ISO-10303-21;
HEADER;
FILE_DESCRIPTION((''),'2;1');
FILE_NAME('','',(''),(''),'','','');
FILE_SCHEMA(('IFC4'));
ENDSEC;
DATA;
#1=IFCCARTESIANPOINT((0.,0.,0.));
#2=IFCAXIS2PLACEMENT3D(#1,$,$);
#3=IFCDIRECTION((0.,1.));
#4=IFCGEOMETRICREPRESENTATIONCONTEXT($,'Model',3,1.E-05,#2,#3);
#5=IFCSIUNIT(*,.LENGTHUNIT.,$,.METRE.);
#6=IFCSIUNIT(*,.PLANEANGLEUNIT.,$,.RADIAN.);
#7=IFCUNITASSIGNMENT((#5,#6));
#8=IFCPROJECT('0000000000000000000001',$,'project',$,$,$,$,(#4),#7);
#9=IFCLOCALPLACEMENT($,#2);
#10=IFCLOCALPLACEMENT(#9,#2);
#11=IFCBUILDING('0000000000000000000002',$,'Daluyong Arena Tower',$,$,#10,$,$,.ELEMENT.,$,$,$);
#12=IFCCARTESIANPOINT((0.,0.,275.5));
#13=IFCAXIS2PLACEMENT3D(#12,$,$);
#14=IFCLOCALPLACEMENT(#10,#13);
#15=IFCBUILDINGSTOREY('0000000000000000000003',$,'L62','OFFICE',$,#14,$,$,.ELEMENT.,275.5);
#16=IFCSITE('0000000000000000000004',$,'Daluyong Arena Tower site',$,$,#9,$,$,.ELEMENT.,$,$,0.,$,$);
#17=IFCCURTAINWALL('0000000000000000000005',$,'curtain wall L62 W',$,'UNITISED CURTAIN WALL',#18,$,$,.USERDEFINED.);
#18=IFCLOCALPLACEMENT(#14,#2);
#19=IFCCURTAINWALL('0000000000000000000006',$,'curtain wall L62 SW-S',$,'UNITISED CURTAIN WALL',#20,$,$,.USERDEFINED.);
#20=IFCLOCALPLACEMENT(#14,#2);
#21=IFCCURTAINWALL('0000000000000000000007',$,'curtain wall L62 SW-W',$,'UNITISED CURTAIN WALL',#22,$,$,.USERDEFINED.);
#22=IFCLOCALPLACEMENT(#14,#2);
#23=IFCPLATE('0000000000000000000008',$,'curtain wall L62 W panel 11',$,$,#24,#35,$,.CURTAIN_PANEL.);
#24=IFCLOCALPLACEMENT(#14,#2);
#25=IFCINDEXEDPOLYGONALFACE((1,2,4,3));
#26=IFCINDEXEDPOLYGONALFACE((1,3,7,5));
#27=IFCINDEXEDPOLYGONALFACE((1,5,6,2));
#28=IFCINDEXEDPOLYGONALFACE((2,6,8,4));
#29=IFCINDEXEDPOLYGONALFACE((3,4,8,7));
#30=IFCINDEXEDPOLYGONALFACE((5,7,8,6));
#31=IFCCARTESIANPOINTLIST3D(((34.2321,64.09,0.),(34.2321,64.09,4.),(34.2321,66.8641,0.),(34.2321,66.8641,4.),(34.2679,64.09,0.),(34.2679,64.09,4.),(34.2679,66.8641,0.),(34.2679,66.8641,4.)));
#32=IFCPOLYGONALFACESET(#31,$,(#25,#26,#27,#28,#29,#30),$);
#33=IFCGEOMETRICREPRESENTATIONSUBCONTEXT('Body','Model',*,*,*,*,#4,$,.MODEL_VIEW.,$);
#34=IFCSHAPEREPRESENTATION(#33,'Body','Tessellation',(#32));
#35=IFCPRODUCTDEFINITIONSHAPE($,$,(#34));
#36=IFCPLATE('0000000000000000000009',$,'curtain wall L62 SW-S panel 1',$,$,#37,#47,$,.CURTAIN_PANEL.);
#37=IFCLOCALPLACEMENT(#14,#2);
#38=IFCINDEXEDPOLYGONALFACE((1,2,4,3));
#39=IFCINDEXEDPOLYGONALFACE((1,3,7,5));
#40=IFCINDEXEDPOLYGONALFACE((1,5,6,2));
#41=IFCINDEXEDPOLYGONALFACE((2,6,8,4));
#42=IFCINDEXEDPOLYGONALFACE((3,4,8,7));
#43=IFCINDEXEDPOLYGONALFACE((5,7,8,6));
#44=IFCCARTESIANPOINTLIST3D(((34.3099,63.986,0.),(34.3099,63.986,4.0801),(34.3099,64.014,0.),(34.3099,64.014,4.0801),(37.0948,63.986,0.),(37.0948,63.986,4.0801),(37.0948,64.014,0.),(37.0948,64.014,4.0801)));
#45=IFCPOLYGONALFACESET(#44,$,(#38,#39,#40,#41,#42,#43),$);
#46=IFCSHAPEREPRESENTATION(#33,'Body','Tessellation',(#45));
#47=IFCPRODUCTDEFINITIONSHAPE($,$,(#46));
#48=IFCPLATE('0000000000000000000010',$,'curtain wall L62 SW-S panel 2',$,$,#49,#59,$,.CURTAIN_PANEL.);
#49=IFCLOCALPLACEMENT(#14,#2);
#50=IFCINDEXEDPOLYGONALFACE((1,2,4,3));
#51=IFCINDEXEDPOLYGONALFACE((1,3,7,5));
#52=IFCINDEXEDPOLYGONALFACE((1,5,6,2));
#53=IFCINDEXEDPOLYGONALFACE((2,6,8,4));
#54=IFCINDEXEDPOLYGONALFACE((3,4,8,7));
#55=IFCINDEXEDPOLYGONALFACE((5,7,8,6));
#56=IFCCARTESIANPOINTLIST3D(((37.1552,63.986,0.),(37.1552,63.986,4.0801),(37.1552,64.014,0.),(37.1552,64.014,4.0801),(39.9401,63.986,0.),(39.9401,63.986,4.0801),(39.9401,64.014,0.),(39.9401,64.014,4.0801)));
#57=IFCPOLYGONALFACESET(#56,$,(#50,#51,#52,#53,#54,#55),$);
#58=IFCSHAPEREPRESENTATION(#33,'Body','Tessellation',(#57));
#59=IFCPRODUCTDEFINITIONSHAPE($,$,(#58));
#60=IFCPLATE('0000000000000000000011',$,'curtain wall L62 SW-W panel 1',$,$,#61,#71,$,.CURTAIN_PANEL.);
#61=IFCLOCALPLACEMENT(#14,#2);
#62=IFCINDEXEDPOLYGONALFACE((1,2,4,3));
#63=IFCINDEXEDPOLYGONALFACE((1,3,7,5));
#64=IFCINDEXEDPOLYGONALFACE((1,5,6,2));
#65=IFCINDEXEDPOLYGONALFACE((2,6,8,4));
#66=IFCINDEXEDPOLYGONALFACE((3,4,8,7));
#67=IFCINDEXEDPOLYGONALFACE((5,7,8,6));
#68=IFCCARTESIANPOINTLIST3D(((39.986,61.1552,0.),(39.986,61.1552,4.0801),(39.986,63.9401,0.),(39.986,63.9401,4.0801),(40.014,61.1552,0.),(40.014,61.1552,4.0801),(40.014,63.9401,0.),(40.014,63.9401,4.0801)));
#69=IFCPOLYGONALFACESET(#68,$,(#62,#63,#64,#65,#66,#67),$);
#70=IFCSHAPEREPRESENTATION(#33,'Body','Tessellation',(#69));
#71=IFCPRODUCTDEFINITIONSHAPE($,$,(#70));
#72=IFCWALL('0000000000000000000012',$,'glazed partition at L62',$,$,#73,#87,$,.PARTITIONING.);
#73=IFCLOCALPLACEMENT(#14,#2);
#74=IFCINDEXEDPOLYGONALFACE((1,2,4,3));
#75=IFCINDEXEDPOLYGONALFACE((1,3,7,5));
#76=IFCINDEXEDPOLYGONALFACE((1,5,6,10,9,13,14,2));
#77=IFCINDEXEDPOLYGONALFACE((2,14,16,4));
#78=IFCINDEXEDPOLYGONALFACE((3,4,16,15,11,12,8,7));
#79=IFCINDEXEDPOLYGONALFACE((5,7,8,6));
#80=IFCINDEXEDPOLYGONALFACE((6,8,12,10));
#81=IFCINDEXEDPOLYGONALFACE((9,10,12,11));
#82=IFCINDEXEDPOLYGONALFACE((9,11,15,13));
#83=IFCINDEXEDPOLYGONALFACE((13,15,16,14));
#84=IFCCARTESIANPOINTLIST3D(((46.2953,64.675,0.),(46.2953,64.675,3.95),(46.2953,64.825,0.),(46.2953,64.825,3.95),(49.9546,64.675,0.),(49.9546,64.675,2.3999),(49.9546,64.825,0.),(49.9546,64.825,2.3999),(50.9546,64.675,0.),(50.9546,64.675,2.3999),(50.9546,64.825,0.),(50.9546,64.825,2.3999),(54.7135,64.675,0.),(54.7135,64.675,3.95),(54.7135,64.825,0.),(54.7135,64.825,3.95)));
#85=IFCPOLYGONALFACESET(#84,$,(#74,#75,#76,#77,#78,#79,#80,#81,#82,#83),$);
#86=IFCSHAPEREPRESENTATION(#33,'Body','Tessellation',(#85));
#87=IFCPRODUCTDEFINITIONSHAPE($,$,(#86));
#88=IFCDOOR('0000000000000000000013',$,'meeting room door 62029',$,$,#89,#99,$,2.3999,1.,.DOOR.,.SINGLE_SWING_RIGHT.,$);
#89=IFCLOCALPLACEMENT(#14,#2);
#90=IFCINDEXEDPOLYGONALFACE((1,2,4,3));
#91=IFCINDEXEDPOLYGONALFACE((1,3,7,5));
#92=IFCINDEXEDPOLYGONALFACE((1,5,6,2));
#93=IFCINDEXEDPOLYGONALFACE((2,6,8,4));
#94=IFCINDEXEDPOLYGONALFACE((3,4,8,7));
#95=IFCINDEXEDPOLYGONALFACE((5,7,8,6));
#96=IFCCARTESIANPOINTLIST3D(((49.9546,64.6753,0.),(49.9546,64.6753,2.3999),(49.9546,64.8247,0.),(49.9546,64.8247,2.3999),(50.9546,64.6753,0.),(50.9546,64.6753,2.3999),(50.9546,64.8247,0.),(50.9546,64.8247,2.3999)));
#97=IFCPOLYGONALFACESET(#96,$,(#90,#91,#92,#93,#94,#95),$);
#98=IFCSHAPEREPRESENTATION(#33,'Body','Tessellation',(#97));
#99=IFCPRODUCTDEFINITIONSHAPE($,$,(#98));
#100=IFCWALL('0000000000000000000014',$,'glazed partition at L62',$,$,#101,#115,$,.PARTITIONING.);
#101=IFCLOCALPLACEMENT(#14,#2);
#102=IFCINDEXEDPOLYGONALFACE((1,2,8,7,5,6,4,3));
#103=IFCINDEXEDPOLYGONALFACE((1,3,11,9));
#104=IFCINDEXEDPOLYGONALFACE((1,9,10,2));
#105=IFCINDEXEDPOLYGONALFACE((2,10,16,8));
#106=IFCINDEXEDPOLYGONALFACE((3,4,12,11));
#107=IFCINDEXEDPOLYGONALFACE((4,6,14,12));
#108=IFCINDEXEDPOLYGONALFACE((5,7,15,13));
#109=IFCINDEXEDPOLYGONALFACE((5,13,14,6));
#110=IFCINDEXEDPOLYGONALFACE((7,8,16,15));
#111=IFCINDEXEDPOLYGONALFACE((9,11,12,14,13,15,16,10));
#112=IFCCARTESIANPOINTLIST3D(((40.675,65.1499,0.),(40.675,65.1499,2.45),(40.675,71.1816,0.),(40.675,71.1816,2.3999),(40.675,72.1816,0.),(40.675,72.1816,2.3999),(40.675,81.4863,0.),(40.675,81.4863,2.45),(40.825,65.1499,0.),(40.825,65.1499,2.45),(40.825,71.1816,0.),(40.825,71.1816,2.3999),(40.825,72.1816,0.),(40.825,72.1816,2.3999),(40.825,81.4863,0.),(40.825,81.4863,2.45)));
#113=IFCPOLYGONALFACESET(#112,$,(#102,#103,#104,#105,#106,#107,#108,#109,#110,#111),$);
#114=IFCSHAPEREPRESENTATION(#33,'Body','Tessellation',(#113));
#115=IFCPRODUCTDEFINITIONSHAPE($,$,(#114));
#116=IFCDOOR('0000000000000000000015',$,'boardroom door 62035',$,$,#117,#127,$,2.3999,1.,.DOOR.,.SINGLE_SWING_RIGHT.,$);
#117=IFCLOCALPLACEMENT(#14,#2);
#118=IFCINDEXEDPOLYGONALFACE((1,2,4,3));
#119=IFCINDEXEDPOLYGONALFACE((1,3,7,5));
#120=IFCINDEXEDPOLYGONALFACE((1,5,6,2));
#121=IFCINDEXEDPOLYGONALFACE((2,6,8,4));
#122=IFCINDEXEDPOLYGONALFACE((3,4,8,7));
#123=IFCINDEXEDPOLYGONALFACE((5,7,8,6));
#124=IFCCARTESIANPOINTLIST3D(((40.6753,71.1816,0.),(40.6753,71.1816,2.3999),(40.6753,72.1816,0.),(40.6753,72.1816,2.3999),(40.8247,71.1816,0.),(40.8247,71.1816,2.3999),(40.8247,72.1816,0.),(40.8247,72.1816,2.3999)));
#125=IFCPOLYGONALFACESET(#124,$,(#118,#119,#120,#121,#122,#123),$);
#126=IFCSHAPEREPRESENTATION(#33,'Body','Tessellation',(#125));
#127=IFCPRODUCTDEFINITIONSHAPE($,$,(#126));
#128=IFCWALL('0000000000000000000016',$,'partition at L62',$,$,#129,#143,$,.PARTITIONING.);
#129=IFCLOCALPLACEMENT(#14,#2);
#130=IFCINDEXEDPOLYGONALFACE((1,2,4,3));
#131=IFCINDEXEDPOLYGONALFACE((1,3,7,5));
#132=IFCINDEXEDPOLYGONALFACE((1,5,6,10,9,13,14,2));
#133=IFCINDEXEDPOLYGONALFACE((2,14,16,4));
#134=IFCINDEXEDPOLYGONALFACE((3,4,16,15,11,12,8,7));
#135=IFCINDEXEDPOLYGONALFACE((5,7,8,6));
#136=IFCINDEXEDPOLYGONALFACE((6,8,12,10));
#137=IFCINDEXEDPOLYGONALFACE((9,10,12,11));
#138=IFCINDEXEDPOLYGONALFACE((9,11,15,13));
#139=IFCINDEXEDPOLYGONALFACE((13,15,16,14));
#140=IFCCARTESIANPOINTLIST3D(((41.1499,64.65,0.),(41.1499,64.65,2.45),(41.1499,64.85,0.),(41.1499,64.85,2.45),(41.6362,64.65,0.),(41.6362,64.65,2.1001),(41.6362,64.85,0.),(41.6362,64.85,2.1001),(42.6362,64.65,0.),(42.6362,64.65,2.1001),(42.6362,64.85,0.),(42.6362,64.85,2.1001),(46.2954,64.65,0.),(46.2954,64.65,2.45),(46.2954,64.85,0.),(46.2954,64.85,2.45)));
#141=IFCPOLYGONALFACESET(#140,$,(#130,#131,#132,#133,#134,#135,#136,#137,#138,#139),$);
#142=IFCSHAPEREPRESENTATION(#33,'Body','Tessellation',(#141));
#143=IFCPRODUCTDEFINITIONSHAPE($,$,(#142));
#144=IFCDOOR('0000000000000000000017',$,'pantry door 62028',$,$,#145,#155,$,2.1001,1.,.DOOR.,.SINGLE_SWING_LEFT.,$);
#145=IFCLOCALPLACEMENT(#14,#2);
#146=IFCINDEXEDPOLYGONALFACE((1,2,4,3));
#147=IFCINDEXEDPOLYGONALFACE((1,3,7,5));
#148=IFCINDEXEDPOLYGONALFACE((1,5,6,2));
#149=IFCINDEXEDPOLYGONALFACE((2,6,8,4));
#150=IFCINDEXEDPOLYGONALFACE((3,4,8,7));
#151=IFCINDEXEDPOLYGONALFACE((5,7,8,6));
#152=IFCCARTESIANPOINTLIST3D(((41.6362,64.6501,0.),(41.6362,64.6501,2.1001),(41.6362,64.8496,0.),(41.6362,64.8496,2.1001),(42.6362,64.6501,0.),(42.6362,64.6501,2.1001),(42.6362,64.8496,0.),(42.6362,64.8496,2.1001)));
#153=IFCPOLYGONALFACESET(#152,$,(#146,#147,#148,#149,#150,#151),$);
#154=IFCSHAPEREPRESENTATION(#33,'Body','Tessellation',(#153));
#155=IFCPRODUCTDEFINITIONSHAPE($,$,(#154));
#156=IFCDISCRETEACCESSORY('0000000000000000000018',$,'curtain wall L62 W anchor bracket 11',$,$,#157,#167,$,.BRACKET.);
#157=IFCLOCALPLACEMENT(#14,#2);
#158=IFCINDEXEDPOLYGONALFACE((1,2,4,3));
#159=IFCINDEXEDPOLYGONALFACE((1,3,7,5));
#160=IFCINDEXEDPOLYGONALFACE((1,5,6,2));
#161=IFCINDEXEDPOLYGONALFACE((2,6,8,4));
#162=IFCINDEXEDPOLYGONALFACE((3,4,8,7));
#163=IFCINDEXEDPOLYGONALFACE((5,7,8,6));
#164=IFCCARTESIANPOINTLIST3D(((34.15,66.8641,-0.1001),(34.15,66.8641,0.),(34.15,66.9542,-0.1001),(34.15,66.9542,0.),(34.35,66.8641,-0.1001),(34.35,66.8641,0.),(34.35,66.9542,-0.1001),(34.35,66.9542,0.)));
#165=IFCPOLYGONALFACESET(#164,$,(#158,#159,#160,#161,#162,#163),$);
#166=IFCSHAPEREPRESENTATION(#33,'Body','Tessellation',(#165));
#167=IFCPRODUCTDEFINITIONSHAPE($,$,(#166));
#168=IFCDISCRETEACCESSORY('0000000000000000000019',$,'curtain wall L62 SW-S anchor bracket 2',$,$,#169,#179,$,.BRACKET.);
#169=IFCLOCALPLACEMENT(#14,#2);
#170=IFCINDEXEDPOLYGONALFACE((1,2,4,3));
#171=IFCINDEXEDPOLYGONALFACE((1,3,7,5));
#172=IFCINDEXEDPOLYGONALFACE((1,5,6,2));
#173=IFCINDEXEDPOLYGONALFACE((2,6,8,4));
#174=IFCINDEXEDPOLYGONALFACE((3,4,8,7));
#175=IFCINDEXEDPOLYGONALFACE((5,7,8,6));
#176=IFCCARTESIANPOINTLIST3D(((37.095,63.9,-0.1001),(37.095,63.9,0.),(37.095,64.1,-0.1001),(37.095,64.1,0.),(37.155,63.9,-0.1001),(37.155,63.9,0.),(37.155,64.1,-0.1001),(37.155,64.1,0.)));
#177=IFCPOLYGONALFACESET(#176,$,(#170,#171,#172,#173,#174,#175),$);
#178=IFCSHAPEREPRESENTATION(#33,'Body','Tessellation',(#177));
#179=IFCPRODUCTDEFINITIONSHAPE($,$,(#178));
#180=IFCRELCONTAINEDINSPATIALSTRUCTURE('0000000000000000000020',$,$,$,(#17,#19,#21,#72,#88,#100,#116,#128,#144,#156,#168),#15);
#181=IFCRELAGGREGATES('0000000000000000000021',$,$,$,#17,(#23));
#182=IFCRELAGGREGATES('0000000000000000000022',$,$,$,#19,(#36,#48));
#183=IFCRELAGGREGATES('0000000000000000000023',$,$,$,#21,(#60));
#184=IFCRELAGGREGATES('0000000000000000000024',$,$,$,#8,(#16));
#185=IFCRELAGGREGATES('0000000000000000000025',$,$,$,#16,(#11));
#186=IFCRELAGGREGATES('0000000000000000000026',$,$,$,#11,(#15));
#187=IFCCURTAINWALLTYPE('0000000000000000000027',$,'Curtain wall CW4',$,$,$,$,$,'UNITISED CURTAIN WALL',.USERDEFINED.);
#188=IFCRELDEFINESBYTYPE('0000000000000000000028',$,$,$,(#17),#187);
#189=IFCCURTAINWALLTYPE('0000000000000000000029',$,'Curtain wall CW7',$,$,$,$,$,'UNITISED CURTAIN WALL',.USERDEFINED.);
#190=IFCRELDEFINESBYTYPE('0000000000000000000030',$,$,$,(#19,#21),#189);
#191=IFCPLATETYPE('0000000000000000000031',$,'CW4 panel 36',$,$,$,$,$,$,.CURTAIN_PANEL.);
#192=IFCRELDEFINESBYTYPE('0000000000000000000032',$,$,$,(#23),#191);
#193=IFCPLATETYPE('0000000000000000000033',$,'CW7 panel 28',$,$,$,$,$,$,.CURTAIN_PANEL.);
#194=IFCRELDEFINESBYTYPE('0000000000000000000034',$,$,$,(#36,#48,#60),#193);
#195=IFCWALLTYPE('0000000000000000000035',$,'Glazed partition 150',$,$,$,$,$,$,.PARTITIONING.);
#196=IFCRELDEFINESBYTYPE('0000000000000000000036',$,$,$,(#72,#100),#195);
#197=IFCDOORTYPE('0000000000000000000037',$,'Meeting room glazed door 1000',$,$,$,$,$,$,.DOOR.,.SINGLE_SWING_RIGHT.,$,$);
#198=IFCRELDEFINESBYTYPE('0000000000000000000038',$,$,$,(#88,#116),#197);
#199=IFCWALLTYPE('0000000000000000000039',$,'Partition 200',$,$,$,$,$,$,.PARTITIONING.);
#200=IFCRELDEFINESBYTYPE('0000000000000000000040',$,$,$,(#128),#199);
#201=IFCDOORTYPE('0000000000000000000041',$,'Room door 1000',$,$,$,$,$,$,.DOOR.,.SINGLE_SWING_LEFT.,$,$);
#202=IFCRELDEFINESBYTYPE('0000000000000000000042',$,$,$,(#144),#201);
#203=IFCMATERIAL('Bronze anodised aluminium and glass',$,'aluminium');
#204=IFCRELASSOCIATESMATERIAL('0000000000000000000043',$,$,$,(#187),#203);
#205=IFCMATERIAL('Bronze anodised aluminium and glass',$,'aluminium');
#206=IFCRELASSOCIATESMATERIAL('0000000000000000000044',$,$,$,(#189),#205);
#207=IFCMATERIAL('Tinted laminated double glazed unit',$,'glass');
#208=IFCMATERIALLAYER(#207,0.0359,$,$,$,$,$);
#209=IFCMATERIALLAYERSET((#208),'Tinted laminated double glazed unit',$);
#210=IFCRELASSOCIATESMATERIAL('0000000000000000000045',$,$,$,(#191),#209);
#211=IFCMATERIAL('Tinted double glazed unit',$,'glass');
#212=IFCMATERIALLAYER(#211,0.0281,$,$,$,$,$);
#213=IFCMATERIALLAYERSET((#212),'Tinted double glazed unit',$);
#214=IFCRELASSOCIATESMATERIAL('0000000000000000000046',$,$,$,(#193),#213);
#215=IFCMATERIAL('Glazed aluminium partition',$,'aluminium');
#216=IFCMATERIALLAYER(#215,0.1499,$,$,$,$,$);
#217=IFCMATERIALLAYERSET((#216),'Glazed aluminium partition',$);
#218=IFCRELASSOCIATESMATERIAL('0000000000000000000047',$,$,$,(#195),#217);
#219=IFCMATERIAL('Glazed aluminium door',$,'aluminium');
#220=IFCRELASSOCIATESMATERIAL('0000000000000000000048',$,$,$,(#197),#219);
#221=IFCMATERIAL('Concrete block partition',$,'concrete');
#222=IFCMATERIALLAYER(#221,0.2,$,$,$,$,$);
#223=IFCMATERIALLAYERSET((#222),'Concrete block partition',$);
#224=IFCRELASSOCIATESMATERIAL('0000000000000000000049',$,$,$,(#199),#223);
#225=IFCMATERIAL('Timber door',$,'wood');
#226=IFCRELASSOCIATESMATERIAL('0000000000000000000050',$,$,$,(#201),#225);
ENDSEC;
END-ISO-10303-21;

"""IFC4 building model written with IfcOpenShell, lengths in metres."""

from ifc_helpers import new_model, si_unit, direction, frame, frame_2d, origin, origin_2d, place, context, subcontext, project, spatial, rectangle, extrude, material, layer, layer_set, type_object, element, fill, aggregate, save


model = new_model("IFC4")

# Units and contexts
model_context = context("Model", 3, precision=1e-05, world=origin(), true_north=direction((0.0, 1.0)))
body_context = subcontext(model_context, "Body", "Model", "MODEL_VIEW")
ifc_project = project(units=[si_unit("LENGTHUNIT", "METRE"), si_unit("PLANEANGLEUNIT", "RADIAN")], contexts=[model_context])

# Site, building, storey
site_placement = place(None, origin())
site = spatial("IfcSite", under=ifc_project, at=site_placement, Name="Daluyong Arena Tower site", CompositionType="ELEMENT", RefElevation=0.0)
building_placement = place(site_placement, origin())
building = spatial("IfcBuilding", under=site, at=building_placement, Name="Daluyong Arena Tower", CompositionType="ELEMENT")
storey_placement = place(building_placement, frame((0.0, 0.0, 275.5)))
storey = spatial("IfcBuildingStorey", under=building, at=storey_placement, Name="L62", Description="OFFICE", CompositionType="ELEMENT", Elevation=275.5)

# Curtain walls
ifc_material_1 = material(Name="Bronze anodised aluminium and glass", Category="aluminium")
curtain_wall_type_1 = type_object("IfcCurtainWallType", Name="Curtain wall CW4", ElementType="UNITISED CURTAIN WALL", PredefinedType="USERDEFINED", material=ifc_material_1)
curtain_wall_1_placement = place(storey_placement, origin())
curtain_wall_1 = element("IfcCurtainWall", 1, at=curtain_wall_1_placement, inside=storey, type_object=curtain_wall_type_1, Name="curtain wall L62 W", ObjectType="UNITISED CURTAIN WALL", PredefinedType="USERDEFINED")
ifc_material_2 = material(Name="Bronze anodised aluminium and glass", Category="aluminium")
curtain_wall_type_2 = type_object("IfcCurtainWallType", Name="Curtain wall CW7", ElementType="UNITISED CURTAIN WALL", PredefinedType="USERDEFINED", material=ifc_material_2)
curtain_wall_2_placement = place(storey_placement, origin())
curtain_wall_2 = element("IfcCurtainWall", 2, at=curtain_wall_2_placement, inside=storey, type_object=curtain_wall_type_2, Name="curtain wall L62 SW-S", ObjectType="UNITISED CURTAIN WALL", PredefinedType="USERDEFINED")

# Curtain wall
curtain_wall_3_placement = place(storey_placement, origin())
curtain_wall_3 = element("IfcCurtainWall", 3, at=curtain_wall_3_placement, inside=storey, type_object=curtain_wall_type_2, Name="curtain wall L62 SW-W", ObjectType="UNITISED CURTAIN WALL", PredefinedType="USERDEFINED")

# Plates
ifc_material_3 = material(Name="Tinted laminated double glazed unit", Category="glass")
ifc_layer_1 = layer(ifc_material_3, 0.0359)
ifc_layer_set_1 = layer_set([ifc_layer_1], Name="Tinted laminated double glazed unit")
plate_type_1 = type_object("IfcPlateType", Name="CW4 panel 36", PredefinedType="CURTAIN_PANEL", material=ifc_layer_set_1)
plate_1_placement = place(storey_placement, frame((34.25, 65.4771, 0.0), z_axis=(0.0, 0.0, 1.0), x_axis=(0.0, -1.0, 0.0)))
plate_1 = element("IfcPlate", 4, at=plate_1_placement, type_object=plate_type_1, Name="curtain wall L62 W panel 11", PredefinedType="CURTAIN_PANEL", context=body_context, shape_type="SweptSolid", body=[
    extrude(rectangle(XDim=2.7742, YDim=0.0359, at=origin_2d()), origin(), (0.0, 0.0, 1.0), 4.0),
])
aggregate(curtain_wall_1, [plate_1])
ifc_material_4 = material(Name="Tinted double glazed unit", Category="glass")
ifc_layer_2 = layer(ifc_material_4, 0.0281)
ifc_layer_set_2 = layer_set([ifc_layer_2], Name="Tinted double glazed unit")
plate_type_2 = type_object("IfcPlateType", Name="CW7 panel 28", PredefinedType="CURTAIN_PANEL", material=ifc_layer_set_2)
plate_2_placement = place(storey_placement, frame((35.7024, 64.0, 0.0), z_axis=(0.0, 0.0, 1.0), x_axis=(1.0, 0.0, 0.0)))
plate_2 = element("IfcPlate", 5, at=plate_2_placement, type_object=plate_type_2, Name="curtain wall L62 SW-S panel 1", PredefinedType="CURTAIN_PANEL", context=body_context, shape_type="SweptSolid", body=[
    extrude(rectangle(XDim=2.7849, YDim=0.0281, at=origin_2d()), origin(), (0.0, 0.0, 1.0), 4.0801),
])
plate_3_placement = place(storey_placement, frame((38.5476, 64.0, 0.0), z_axis=(0.0, 0.0, 1.0), x_axis=(1.0, 0.0, 0.0)))
plate_3 = element("IfcPlate", 6, at=plate_3_placement, type_object=plate_type_2, Name="curtain wall L62 SW-S panel 2", PredefinedType="CURTAIN_PANEL", context=body_context, shape_type="SweptSolid", body=[
    extrude(rectangle(XDim=2.7849, YDim=0.0281, at=origin_2d()), origin(), (0.0, 0.0, 1.0), 4.0801),
])
aggregate(curtain_wall_2, [plate_2, plate_3])
plate_4_placement = place(storey_placement, frame((40.0, 62.5476, 0.0), z_axis=(0.0, 0.0, 1.0), x_axis=(0.0, -1.0, 0.0)))
plate_4 = element("IfcPlate", 7, at=plate_4_placement, type_object=plate_type_2, Name="curtain wall L62 SW-W panel 1", PredefinedType="CURTAIN_PANEL", context=body_context, shape_type="SweptSolid", body=[
    extrude(rectangle(XDim=2.7849, YDim=0.0281, at=origin_2d()), origin(), (0.0, 0.0, 1.0), 4.0801),
])
aggregate(curtain_wall_3, [plate_4])

# Walls, openings, doors
ifc_material_5 = material(Name="Glazed aluminium partition", Category="aluminium")
ifc_layer_3 = layer(ifc_material_5, 0.1499)
ifc_layer_set_3 = layer_set([ifc_layer_3], Name="Glazed aluminium partition")
wall_type_1 = type_object("IfcWallType", Name="Glazed partition 150", PredefinedType="PARTITIONING", material=ifc_layer_set_3)
wall_1_placement = place(storey_placement, frame((46.2954, 64.75, 0.0), z_axis=(0.0, 0.0, 1.0), x_axis=(1.0, 0.0, 0.0)))
wall_1 = element("IfcWall", 8, at=wall_1_placement, inside=storey, type_object=wall_type_1, Name="glazed partition at L62", PredefinedType="PARTITIONING", context=body_context, shape_type="SweptSolid", body=[
    extrude(rectangle(XDim=8.4182, YDim=0.1499, at=frame_2d((4.209, 0.0))), origin(), (0.0, 0.0, 1.0), 3.95),
])
opening_1_placement = place(wall_1_placement, frame((3.6592, 0.0, 0.0)))
opening_1 = element("IfcOpeningElement", 9, at=opening_1_placement, cuts=wall_1, PredefinedType="OPENING", context=body_context, shape_type="SweptSolid", body=[
    extrude(rectangle(XDim=1.0, YDim=2.3999, at=frame_2d((0.5, 1.2))), frame((0.0, 0.085, 0.0), z_axis=(0.0, -1.0, 0.0), x_axis=(1.0, 0.0, 0.0)), (0.0, 0.0, 1.0), 0.1699),
])
ifc_material_6 = material(Name="Glazed aluminium door", Category="aluminium")
door_type_1 = type_object("IfcDoorType", Name="Meeting room glazed door 1000", OperationType="SINGLE_SWING_RIGHT", PredefinedType="DOOR", material=ifc_material_6)
door_1_placement = place(opening_1_placement, origin())
door_1 = element("IfcDoor", 10, at=door_1_placement, inside=storey, type_object=door_type_1, Name="meeting room door 62029", OperationType="SINGLE_SWING_RIGHT", OverallHeight=2.3999, OverallWidth=1.0, PredefinedType="DOOR", context=body_context, shape_type="SweptSolid", body=[
    extrude(rectangle(XDim=1.0, YDim=2.3999, at=frame_2d((0.5, 1.2))), frame((0.0, 0.0747, 0.0), z_axis=(0.0, -1.0, 0.0), x_axis=(1.0, 0.0, 0.0)), (0.0, 0.0, 1.0), 0.1494),
])
fill(opening_1, door_1)
wall_2_placement = place(storey_placement, frame((40.75, 65.1499, 0.0), z_axis=(0.0, 0.0, 1.0), x_axis=(0.0, 1.0, 0.0)))
wall_2 = element("IfcWall", 11, at=wall_2_placement, inside=storey, type_object=wall_type_1, Name="glazed partition at L62", PredefinedType="PARTITIONING", context=body_context, shape_type="SweptSolid", body=[
    extrude(rectangle(XDim=16.3364, YDim=0.1499, at=frame_2d((8.1682, 0.0))), origin(), (0.0, 0.0, 1.0), 2.45),
])
opening_2_placement = place(wall_2_placement, frame((6.0317, 0.0, 0.0)))
opening_2 = element("IfcOpeningElement", 12, at=opening_2_placement, cuts=wall_2, PredefinedType="OPENING", context=body_context, shape_type="SweptSolid", body=[
    extrude(rectangle(XDim=1.0, YDim=2.3999, at=frame_2d((0.5, 1.2))), frame((0.0, 0.085, 0.0), z_axis=(0.0, -1.0, 0.0), x_axis=(1.0, 0.0, 0.0)), (0.0, 0.0, 1.0), 0.1699),
])
door_2_placement = place(opening_2_placement, origin())
door_2 = element("IfcDoor", 13, at=door_2_placement, inside=storey, type_object=door_type_1, Name="boardroom door 62035", OperationType="SINGLE_SWING_RIGHT", OverallHeight=2.3999, OverallWidth=1.0, PredefinedType="DOOR", context=body_context, shape_type="SweptSolid", body=[
    extrude(rectangle(XDim=1.0, YDim=2.3999, at=frame_2d((0.5, 1.2))), frame((0.0, 0.0747, 0.0), z_axis=(0.0, -1.0, 0.0), x_axis=(1.0, 0.0, 0.0)), (0.0, 0.0, 1.0), 0.1494),
])
fill(opening_2, door_2)
ifc_material_7 = material(Name="Concrete block partition", Category="concrete")
ifc_layer_4 = layer(ifc_material_7, 0.2)
ifc_layer_set_4 = layer_set([ifc_layer_4], Name="Concrete block partition")
wall_type_2 = type_object("IfcWallType", Name="Partition 200", PredefinedType="PARTITIONING", material=ifc_layer_set_4)
wall_3_placement = place(storey_placement, frame((41.1499, 64.75, 0.0), z_axis=(0.0, 0.0, 1.0), x_axis=(1.0, 0.0, 0.0)))
wall_3 = element("IfcWall", 14, at=wall_3_placement, inside=storey, type_object=wall_type_2, Name="partition at L62", PredefinedType="PARTITIONING", context=body_context, shape_type="SweptSolid", body=[
    extrude(rectangle(XDim=5.1455, YDim=0.2, at=frame_2d((2.5728, 0.0))), origin(), (0.0, 0.0, 1.0), 2.45),
])
opening_3_placement = place(wall_3_placement, frame((0.4863, 0.0, 0.0)))
opening_3 = element("IfcOpeningElement", 15, at=opening_3_placement, cuts=wall_3, PredefinedType="OPENING", context=body_context, shape_type="SweptSolid", body=[
    extrude(rectangle(XDim=1.0, YDim=2.1001, at=frame_2d((0.5, 1.05))), frame((0.0, 0.1099, 0.0), z_axis=(0.0, -1.0, 0.0), x_axis=(1.0, 0.0, 0.0)), (0.0, 0.0, 1.0), 0.22),
])
ifc_material_8 = material(Name="Timber door", Category="wood")
door_type_2 = type_object("IfcDoorType", Name="Room door 1000", OperationType="SINGLE_SWING_LEFT", PredefinedType="DOOR", material=ifc_material_8)
door_3_placement = place(opening_3_placement, origin())
door_3 = element("IfcDoor", 16, at=door_3_placement, inside=storey, type_object=door_type_2, Name="pantry door 62028", OperationType="SINGLE_SWING_LEFT", OverallHeight=2.1001, OverallWidth=1.0, PredefinedType="DOOR", context=body_context, shape_type="SweptSolid", body=[
    extrude(rectangle(XDim=1.0, YDim=2.1001, at=frame_2d((0.5, 1.05))), frame((0.0, 0.0996, 0.0), z_axis=(0.0, -1.0, 0.0), x_axis=(1.0, 0.0, 0.0)), (0.0, 0.0, 1.0), 0.1995),
])
fill(opening_3, door_3)

# Discrete accessories
discrete_accessory_1_placement = place(storey_placement, frame((34.25, 66.9092, -0.1001), z_axis=(0.0, 0.0, 1.0), x_axis=(0.0, -1.0, 0.0)))
element("IfcDiscreteAccessory", 17, at=discrete_accessory_1_placement, inside=storey, Name="curtain wall L62 W anchor bracket 11", PredefinedType="BRACKET", context=body_context, shape_type="SweptSolid", body=[
    extrude(rectangle(XDim=0.0901, YDim=0.2, at=origin_2d()), origin(), (0.0, 0.0, 1.0), 0.1001),
])
discrete_accessory_2_placement = place(storey_placement, frame((37.125, 64.0, -0.1001), z_axis=(0.0, 0.0, 1.0), x_axis=(1.0, 0.0, 0.0)))
element("IfcDiscreteAccessory", 18, at=discrete_accessory_2_placement, inside=storey, Name="curtain wall L62 SW-S anchor bracket 2", PredefinedType="BRACKET", context=body_context, shape_type="SweptSolid", body=[
    extrude(rectangle(XDim=0.0601, YDim=0.2, at=origin_2d()), origin(), (0.0, 0.0, 1.0), 0.1001),
])

save(model, "model.ifc")
